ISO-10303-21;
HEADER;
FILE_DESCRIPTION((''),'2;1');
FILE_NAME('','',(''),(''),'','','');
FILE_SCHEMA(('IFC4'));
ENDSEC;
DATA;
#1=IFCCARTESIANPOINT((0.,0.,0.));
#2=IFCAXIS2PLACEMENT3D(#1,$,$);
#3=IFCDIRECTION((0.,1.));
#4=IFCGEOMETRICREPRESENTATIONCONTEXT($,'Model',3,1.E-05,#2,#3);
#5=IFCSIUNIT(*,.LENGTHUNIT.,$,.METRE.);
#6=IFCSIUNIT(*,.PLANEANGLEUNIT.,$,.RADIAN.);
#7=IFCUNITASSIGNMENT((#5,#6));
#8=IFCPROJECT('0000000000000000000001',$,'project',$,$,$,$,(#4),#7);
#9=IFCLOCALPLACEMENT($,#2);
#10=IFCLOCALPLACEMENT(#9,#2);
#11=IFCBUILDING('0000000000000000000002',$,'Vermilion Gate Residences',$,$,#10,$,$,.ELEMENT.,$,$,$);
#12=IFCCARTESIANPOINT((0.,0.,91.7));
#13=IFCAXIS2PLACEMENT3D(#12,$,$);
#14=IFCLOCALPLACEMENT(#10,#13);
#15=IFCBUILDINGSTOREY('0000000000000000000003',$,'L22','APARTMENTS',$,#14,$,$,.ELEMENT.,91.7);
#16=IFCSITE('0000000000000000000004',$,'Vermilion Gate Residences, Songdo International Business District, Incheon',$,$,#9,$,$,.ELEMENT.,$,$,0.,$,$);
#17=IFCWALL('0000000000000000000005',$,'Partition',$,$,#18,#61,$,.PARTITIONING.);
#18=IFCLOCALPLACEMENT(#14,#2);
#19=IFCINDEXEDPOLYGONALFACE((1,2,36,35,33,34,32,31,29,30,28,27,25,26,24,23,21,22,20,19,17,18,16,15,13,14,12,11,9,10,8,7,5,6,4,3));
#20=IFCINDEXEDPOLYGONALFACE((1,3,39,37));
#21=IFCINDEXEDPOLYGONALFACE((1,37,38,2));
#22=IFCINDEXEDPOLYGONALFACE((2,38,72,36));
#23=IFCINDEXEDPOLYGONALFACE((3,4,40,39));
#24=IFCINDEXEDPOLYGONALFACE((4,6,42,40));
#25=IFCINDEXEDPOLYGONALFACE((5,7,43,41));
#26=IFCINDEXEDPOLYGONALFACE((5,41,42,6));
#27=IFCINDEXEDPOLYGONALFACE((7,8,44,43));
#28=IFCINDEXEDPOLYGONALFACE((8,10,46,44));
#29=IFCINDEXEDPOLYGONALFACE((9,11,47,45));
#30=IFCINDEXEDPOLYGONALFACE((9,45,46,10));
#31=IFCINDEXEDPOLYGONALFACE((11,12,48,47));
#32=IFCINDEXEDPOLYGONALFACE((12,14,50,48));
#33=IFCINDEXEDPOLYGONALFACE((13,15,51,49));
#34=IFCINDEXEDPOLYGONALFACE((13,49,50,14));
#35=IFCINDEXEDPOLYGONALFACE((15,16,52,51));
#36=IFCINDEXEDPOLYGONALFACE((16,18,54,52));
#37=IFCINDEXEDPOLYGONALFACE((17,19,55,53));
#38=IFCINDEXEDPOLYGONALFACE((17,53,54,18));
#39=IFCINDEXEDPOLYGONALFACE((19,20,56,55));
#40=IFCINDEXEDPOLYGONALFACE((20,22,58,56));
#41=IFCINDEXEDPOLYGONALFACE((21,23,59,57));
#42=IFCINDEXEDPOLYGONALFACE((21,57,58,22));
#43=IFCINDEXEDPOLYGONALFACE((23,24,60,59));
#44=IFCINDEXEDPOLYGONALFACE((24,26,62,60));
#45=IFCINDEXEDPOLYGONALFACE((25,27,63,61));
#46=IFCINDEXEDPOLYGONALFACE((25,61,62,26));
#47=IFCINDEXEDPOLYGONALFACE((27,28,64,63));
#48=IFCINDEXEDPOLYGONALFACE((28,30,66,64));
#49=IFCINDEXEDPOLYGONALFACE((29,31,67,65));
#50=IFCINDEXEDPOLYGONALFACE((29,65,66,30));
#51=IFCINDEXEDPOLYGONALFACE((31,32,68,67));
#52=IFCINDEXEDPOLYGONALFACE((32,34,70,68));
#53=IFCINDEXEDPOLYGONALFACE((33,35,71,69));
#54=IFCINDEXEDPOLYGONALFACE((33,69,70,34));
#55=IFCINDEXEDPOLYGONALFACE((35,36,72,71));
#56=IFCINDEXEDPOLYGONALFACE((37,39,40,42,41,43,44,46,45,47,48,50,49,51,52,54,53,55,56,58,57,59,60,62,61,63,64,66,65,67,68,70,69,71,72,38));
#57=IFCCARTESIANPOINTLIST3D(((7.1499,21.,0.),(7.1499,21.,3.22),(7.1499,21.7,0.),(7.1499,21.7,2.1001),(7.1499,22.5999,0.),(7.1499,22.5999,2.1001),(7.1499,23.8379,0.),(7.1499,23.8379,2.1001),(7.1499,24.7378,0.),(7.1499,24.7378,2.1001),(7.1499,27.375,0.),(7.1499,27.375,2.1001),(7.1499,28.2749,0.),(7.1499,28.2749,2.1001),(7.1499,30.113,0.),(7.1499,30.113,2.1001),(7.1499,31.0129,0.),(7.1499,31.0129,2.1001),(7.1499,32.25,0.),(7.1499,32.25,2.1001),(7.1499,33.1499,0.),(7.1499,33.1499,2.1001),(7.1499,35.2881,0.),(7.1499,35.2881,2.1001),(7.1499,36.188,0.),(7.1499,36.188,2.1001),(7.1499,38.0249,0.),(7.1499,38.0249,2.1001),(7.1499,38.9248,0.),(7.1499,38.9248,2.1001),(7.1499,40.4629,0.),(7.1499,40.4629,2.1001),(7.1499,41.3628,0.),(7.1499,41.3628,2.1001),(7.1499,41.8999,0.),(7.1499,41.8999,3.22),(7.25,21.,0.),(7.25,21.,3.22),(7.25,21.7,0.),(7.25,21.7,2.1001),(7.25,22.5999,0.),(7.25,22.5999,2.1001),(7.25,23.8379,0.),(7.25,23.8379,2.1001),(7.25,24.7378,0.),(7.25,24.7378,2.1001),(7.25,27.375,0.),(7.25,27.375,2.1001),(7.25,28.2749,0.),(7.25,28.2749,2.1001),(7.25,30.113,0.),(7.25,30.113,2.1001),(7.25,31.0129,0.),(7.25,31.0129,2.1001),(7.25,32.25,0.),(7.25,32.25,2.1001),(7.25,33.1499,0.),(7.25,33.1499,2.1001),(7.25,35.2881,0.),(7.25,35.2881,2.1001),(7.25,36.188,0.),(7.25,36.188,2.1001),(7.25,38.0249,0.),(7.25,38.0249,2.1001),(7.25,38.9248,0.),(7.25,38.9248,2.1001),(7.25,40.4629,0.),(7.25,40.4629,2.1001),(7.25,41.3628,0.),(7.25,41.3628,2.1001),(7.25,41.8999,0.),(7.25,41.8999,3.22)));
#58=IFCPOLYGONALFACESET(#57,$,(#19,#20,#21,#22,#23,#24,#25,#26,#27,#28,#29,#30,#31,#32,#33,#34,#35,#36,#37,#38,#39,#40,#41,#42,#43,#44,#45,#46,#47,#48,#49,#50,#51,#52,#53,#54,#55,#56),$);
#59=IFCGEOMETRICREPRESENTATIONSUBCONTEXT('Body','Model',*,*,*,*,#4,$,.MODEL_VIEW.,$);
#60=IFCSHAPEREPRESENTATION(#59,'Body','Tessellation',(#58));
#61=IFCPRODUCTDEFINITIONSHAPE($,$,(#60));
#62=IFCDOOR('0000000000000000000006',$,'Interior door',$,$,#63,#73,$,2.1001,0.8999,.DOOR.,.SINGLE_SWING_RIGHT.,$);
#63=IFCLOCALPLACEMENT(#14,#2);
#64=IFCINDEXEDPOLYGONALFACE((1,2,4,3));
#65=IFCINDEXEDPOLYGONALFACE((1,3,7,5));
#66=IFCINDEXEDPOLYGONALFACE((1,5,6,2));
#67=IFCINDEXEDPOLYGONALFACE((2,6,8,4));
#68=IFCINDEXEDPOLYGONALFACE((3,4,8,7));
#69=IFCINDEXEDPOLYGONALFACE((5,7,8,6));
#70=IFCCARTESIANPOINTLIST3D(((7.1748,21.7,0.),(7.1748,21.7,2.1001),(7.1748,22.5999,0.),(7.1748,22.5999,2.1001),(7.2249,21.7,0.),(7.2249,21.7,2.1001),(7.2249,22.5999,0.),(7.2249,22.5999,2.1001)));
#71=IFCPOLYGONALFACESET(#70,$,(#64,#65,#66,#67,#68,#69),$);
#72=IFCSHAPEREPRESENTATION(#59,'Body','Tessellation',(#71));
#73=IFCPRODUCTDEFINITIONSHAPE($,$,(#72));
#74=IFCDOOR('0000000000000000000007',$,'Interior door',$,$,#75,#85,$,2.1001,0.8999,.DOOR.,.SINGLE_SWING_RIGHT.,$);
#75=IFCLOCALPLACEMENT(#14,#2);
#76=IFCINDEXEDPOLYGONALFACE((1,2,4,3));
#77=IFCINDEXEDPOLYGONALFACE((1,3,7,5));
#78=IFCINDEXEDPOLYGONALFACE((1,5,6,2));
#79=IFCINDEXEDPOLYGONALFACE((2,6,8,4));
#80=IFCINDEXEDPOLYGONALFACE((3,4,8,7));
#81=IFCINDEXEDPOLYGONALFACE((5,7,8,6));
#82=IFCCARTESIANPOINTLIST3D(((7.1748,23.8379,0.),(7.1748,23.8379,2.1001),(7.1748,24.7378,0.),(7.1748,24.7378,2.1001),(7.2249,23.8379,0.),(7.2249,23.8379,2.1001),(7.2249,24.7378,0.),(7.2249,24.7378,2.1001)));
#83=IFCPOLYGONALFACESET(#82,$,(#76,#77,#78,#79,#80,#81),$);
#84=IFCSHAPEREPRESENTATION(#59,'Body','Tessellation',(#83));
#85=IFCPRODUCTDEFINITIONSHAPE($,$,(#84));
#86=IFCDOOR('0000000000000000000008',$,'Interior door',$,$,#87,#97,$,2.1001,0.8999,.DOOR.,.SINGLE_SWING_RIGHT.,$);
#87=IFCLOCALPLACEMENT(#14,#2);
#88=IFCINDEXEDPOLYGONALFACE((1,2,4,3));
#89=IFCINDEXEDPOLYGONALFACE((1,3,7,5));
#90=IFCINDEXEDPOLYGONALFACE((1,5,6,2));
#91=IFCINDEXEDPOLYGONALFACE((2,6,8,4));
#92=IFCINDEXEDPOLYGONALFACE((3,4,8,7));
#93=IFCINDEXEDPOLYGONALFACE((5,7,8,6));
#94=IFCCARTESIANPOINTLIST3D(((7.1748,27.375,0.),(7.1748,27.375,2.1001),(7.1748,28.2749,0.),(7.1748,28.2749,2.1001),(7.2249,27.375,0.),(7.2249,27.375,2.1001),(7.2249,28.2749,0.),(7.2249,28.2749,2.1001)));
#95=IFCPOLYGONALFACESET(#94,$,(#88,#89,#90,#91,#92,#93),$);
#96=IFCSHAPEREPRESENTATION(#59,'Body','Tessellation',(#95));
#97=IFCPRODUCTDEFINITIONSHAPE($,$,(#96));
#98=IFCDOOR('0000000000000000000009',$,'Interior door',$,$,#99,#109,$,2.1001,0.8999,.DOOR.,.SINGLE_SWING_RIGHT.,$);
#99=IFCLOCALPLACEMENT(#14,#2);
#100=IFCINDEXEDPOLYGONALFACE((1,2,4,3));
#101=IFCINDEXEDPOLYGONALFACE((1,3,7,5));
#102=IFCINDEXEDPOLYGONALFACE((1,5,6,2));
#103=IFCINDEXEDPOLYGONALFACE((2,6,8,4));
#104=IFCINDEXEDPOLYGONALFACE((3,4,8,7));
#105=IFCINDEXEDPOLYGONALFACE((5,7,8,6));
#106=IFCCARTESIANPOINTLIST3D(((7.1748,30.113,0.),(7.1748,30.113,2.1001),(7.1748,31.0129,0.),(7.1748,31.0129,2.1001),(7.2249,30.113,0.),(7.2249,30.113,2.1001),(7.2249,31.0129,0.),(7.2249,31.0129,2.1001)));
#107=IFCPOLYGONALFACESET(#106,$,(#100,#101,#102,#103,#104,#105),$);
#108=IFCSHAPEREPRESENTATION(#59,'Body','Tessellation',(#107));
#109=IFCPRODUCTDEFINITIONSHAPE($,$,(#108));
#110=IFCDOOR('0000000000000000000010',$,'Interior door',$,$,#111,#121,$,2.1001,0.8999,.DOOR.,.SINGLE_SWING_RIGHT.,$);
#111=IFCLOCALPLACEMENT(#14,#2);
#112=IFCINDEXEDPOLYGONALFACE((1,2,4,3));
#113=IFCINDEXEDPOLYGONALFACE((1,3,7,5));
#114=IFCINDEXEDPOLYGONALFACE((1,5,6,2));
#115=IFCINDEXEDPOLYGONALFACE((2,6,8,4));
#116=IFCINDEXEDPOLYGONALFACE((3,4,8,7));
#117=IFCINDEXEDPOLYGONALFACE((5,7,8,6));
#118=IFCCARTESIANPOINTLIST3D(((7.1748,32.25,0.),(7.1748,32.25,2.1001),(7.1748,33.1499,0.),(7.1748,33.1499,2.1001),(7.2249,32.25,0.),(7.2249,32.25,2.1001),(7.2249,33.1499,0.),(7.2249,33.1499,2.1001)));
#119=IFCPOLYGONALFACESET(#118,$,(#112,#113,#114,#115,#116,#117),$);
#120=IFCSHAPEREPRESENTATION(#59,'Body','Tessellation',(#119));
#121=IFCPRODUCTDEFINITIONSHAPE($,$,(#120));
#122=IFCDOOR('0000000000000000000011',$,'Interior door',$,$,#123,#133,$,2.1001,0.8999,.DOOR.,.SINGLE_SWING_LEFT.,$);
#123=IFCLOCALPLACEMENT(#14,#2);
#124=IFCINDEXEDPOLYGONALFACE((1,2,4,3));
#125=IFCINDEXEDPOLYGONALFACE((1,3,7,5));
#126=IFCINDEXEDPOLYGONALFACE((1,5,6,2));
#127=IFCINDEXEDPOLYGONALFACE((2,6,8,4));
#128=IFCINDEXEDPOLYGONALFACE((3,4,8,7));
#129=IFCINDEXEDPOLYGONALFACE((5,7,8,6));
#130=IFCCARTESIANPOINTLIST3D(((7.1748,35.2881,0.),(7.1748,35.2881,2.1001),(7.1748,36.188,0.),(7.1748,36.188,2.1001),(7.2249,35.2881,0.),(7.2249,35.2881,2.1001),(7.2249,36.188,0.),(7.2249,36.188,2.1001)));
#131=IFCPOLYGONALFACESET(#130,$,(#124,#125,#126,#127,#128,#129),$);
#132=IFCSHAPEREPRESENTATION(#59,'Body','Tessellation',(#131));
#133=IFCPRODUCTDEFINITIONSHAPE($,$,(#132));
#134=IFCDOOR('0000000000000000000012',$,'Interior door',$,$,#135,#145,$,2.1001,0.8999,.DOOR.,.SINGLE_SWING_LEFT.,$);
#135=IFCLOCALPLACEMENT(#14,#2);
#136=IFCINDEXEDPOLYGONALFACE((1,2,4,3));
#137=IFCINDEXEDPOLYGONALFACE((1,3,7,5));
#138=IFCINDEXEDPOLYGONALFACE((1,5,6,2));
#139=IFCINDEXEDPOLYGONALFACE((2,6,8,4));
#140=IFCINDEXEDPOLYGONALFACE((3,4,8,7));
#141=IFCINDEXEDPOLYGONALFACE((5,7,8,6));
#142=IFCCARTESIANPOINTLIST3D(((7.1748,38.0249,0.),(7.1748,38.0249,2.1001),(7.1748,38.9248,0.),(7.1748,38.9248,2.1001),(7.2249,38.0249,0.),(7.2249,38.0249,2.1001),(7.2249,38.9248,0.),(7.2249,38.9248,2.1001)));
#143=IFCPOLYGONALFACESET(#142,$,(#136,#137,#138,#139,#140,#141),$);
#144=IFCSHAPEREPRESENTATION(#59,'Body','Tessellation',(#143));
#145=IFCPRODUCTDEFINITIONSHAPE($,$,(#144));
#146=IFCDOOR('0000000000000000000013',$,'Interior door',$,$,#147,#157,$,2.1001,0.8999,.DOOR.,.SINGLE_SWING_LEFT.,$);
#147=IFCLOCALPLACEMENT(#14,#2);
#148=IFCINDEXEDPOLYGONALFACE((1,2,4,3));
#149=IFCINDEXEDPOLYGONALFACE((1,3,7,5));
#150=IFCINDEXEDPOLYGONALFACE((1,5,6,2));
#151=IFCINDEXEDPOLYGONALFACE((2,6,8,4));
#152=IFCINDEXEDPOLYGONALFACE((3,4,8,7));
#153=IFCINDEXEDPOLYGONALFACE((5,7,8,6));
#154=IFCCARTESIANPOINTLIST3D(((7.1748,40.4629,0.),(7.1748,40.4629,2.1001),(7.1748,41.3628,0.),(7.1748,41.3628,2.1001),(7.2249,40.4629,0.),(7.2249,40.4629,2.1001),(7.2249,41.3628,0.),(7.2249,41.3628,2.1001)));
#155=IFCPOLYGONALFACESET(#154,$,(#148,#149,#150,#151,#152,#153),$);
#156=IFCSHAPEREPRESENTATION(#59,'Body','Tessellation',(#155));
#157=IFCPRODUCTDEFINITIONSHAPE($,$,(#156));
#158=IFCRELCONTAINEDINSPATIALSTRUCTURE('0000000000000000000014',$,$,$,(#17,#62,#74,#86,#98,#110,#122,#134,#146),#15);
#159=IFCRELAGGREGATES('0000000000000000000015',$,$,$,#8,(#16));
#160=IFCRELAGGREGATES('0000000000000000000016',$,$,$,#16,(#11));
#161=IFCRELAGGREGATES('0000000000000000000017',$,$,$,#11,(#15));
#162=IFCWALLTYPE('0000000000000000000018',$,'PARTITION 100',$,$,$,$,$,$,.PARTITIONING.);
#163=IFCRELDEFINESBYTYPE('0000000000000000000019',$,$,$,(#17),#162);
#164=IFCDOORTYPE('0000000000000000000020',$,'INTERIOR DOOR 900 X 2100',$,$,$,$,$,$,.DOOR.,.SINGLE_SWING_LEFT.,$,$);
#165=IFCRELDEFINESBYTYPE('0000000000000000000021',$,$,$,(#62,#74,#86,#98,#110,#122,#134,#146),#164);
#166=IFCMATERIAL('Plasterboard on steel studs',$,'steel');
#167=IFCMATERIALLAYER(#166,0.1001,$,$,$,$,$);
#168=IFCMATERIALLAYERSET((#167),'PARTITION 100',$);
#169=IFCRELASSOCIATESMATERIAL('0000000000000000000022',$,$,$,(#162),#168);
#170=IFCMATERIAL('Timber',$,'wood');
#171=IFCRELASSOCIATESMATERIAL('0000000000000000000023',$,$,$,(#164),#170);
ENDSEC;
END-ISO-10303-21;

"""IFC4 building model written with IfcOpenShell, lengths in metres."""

from ifc_helpers import new_model, si_unit, direction, frame, frame_2d, origin, place, context, subcontext, project, spatial, rectangle, extrude, material, layer, layer_set, type_object, element, fill, save


model = new_model("IFC4")

# Units and contexts
model_context = context("Model", 3, precision=1e-05, world=origin(), true_north=direction((0.0, 1.0)))
body_context = subcontext(model_context, "Body", "Model", "MODEL_VIEW")
ifc_project = project(units=[si_unit("LENGTHUNIT", "METRE"), si_unit("PLANEANGLEUNIT", "RADIAN")], contexts=[model_context])

# Site, building, storey
site_placement = place(None, origin())
site = spatial("IfcSite", under=ifc_project, at=site_placement, Name="Vermilion Gate Residences, Songdo International Business District, Incheon", CompositionType="ELEMENT", RefElevation=0.0)
building_placement = place(site_placement, origin())
building = spatial("IfcBuilding", under=site, at=building_placement, Name="Vermilion Gate Residences", CompositionType="ELEMENT")
storey_placement = place(building_placement, frame((0.0, 0.0, 91.7)))
storey = spatial("IfcBuildingStorey", under=building, at=storey_placement, Name="L22", Description="APARTMENTS", CompositionType="ELEMENT", Elevation=91.7)

# Shared definitions
ifc_material_1 = material(Name="Plasterboard on steel studs", Category="steel")
ifc_layer = layer(ifc_material_1, 0.1001)
ifc_layer_set = layer_set([ifc_layer], Name="PARTITION 100")
wall_type = type_object("IfcWallType", Name="PARTITION 100", PredefinedType="PARTITIONING", material=ifc_layer_set)

# Wall, openings, doors
ifc_material_2 = material(Name="Timber", Category="wood")
door_type = type_object("IfcDoorType", Name="INTERIOR DOOR 900 X 2100", OperationType="SINGLE_SWING_LEFT", PredefinedType="DOOR", material=ifc_material_2)
wall_1_placement = place(storey_placement, frame((7.2, 21.0, 0.0), z_axis=(0.0, 0.0, 1.0), x_axis=(0.0, 1.0, 0.0)))
wall_1 = element("IfcWall", 1, at=wall_1_placement, inside=storey, type_object=wall_type, Name="Partition", PredefinedType="PARTITIONING", context=body_context, shape_type="SweptSolid", body=[
    extrude(rectangle(XDim=20.8999, YDim=0.1001, at=frame_2d((10.45, 0.0))), origin(), (0.0, 0.0, 1.0), 3.22),
])
opening_1_placement = place(wall_1_placement, frame((0.7, 0.0, 0.0)))
opening_1 = element("IfcOpeningElement", 2, at=opening_1_placement, cuts=wall_1, PredefinedType="OPENING", context=body_context, shape_type="SweptSolid", body=[
    extrude(rectangle(XDim=0.8999, YDim=2.1001, at=frame_2d((0.45, 1.05))), frame((0.0, 0.0601, 0.0), z_axis=(0.0, -1.0, 0.0), x_axis=(1.0, 0.0, 0.0)), (0.0, 0.0, 1.0), 0.1201),
])
opening_2_placement = place(wall_1_placement, frame((2.8379, 0.0, 0.0)))
opening_2 = element("IfcOpeningElement", 3, at=opening_2_placement, cuts=wall_1, PredefinedType="OPENING", context=body_context, shape_type="SweptSolid", body=[
    extrude(rectangle(XDim=0.8999, YDim=2.1001, at=frame_2d((0.45, 1.05))), frame((0.0, 0.0601, 0.0), z_axis=(0.0, -1.0, 0.0), x_axis=(1.0, 0.0, 0.0)), (0.0, 0.0, 1.0), 0.1201),
])
opening_3_placement = place(wall_1_placement, frame((6.375, 0.0, 0.0)))
opening_3 = element("IfcOpeningElement", 4, at=opening_3_placement, cuts=wall_1, PredefinedType="OPENING", context=body_context, shape_type="SweptSolid", body=[
    extrude(rectangle(XDim=0.8999, YDim=2.1001, at=frame_2d((0.45, 1.05))), frame((0.0, 0.0601, 0.0), z_axis=(0.0, -1.0, 0.0), x_axis=(1.0, 0.0, 0.0)), (0.0, 0.0, 1.0), 0.1201),
])
opening_4_placement = place(wall_1_placement, frame((9.113, 0.0, 0.0)))
opening_4 = element("IfcOpeningElement", 5, at=opening_4_placement, cuts=wall_1, PredefinedType="OPENING", context=body_context, shape_type="SweptSolid", body=[
    extrude(rectangle(XDim=0.8999, YDim=2.1001, at=frame_2d((0.45, 1.05))), frame((0.0, 0.0601, 0.0), z_axis=(0.0, -1.0, 0.0), x_axis=(1.0, 0.0, 0.0)), (0.0, 0.0, 1.0), 0.1201),
])
opening_5_placement = place(wall_1_placement, frame((11.25, 0.0, 0.0)))
opening_5 = element("IfcOpeningElement", 6, at=opening_5_placement, cuts=wall_1, PredefinedType="OPENING", context=body_context, shape_type="SweptSolid", body=[
    extrude(rectangle(XDim=0.8999, YDim=2.1001, at=frame_2d((0.45, 1.05))), frame((0.0, 0.0601, 0.0), z_axis=(0.0, -1.0, 0.0), x_axis=(1.0, 0.0, 0.0)), (0.0, 0.0, 1.0), 0.1201),
])
opening_6_placement = place(wall_1_placement, frame((14.2881, 0.0, 0.0)))
opening_6 = element("IfcOpeningElement", 7, at=opening_6_placement, cuts=wall_1, PredefinedType="OPENING", context=body_context, shape_type="SweptSolid", body=[
    extrude(rectangle(XDim=0.8999, YDim=2.1001, at=frame_2d((0.45, 1.05))), frame((0.0, 0.0601, 0.0), z_axis=(0.0, -1.0, 0.0), x_axis=(1.0, 0.0, 0.0)), (0.0, 0.0, 1.0), 0.1201),
])
opening_7_placement = place(wall_1_placement, frame((17.0249, 0.0, 0.0)))
opening_7 = element("IfcOpeningElement", 8, at=opening_7_placement, cuts=wall_1, PredefinedType="OPENING", context=body_context, shape_type="SweptSolid", body=[
    extrude(rectangle(XDim=0.8999, YDim=2.1001, at=frame_2d((0.45, 1.05))), frame((0.0, 0.0601, 0.0), z_axis=(0.0, -1.0, 0.0), x_axis=(1.0, 0.0, 0.0)), (0.0, 0.0, 1.0), 0.1201),
])
opening_8_placement = place(wall_1_placement, frame((19.4629, 0.0, 0.0)))
opening_8 = element("IfcOpeningElement", 9, at=opening_8_placement, cuts=wall_1, PredefinedType="OPENING", context=body_context, shape_type="SweptSolid", body=[
    extrude(rectangle(XDim=0.8999, YDim=2.1001, at=frame_2d((0.45, 1.05))), frame((0.0, 0.0601, 0.0), z_axis=(0.0, -1.0, 0.0), x_axis=(1.0, 0.0, 0.0)), (0.0, 0.0, 1.0), 0.1201),
])
door_1_placement = place(opening_1_placement, frame((0.8999, 0.0, 0.0), z_axis=(0.0, 0.0, 1.0), x_axis=(-1.0, 0.0, 0.0)))
door_1 = element("IfcDoor", 10, at=door_1_placement, inside=storey, type_object=door_type, Name="Interior door", OperationType="SINGLE_SWING_RIGHT", OverallHeight=2.1001, OverallWidth=0.8999, PredefinedType="DOOR", context=body_context, shape_type="SweptSolid", body=[
    extrude(rectangle(XDim=0.8999, YDim=2.1001, at=frame_2d((0.45, 1.05))), frame((0.0, 0.0249, 0.0), z_axis=(0.0, -1.0, 0.0), x_axis=(1.0, 0.0, 0.0)), (0.0, 0.0, 1.0), 0.05),
])
fill(opening_1, door_1)
door_2_placement = place(opening_2_placement, frame((0.8999, 0.0, 0.0), z_axis=(0.0, 0.0, 1.0), x_axis=(-1.0, 0.0, 0.0)))
door_2 = element("IfcDoor", 11, at=door_2_placement, inside=storey, type_object=door_type, Name="Interior door", OperationType="SINGLE_SWING_RIGHT", OverallHeight=2.1001, OverallWidth=0.8999, PredefinedType="DOOR", context=body_context, shape_type="SweptSolid", body=[
    extrude(rectangle(XDim=0.8999, YDim=2.1001, at=frame_2d((0.45, 1.05))), frame((0.0, 0.0249, 0.0), z_axis=(0.0, -1.0, 0.0), x_axis=(1.0, 0.0, 0.0)), (0.0, 0.0, 1.0), 0.05),
])
fill(opening_2, door_2)
door_3_placement = place(opening_3_placement, frame((0.8999, 0.0, 0.0), z_axis=(0.0, 0.0, 1.0), x_axis=(-1.0, 0.0, 0.0)))
door_3 = element("IfcDoor", 12, at=door_3_placement, inside=storey, type_object=door_type, Name="Interior door", OperationType="SINGLE_SWING_RIGHT", OverallHeight=2.1001, OverallWidth=0.8999, PredefinedType="DOOR", context=body_context, shape_type="SweptSolid", body=[
    extrude(rectangle(XDim=0.8999, YDim=2.1001, at=frame_2d((0.45, 1.05))), frame((0.0, 0.0249, 0.0), z_axis=(0.0, -1.0, 0.0), x_axis=(1.0, 0.0, 0.0)), (0.0, 0.0, 1.0), 0.05),
])
fill(opening_3, door_3)
door_4_placement = place(opening_4_placement, frame((0.8999, 0.0, 0.0), z_axis=(0.0, 0.0, 1.0), x_axis=(-1.0, 0.0, 0.0)))
door_4 = element("IfcDoor", 13, at=door_4_placement, inside=storey, type_object=door_type, Name="Interior door", OperationType="SINGLE_SWING_RIGHT", OverallHeight=2.1001, OverallWidth=0.8999, PredefinedType="DOOR", context=body_context, shape_type="SweptSolid", body=[
    extrude(rectangle(XDim=0.8999, YDim=2.1001, at=frame_2d((0.45, 1.05))), frame((0.0, 0.0249, 0.0), z_axis=(0.0, -1.0, 0.0), x_axis=(1.0, 0.0, 0.0)), (0.0, 0.0, 1.0), 0.05),
])
fill(opening_4, door_4)
door_5_placement = place(opening_5_placement, frame((0.8999, 0.0, 0.0), z_axis=(0.0, 0.0, 1.0), x_axis=(-1.0, 0.0, 0.0)))
door_5 = element("IfcDoor", 14, at=door_5_placement, inside=storey, type_object=door_type, Name="Interior door", OperationType="SINGLE_SWING_RIGHT", OverallHeight=2.1001, OverallWidth=0.8999, PredefinedType="DOOR", context=body_context, shape_type="SweptSolid", body=[
    extrude(rectangle(XDim=0.8999, YDim=2.1001, at=frame_2d((0.45, 1.05))), frame((0.0, 0.0249, 0.0), z_axis=(0.0, -1.0, 0.0), x_axis=(1.0, 0.0, 0.0)), (0.0, 0.0, 1.0), 0.05),
])
fill(opening_5, door_5)
door_6_placement = place(opening_6_placement, frame((0.8999, 0.0, 0.0), z_axis=(0.0, 0.0, 1.0), x_axis=(-1.0, 0.0, 0.0)))
door_6 = element("IfcDoor", 15, at=door_6_placement, inside=storey, type_object=door_type, Name="Interior door", OperationType="SINGLE_SWING_LEFT", OverallHeight=2.1001, OverallWidth=0.8999, PredefinedType="DOOR", context=body_context, shape_type="SweptSolid", body=[
    extrude(rectangle(XDim=0.8999, YDim=2.1001, at=frame_2d((0.45, 1.05))), frame((0.0, 0.0249, 0.0), z_axis=(0.0, -1.0, 0.0), x_axis=(1.0, 0.0, 0.0)), (0.0, 0.0, 1.0), 0.05),
])
fill(opening_6, door_6)
door_7_placement = place(opening_7_placement, frame((0.8999, 0.0, 0.0), z_axis=(0.0, 0.0, 1.0), x_axis=(-1.0, 0.0, 0.0)))
door_7 = element("IfcDoor", 16, at=door_7_placement, inside=storey, type_object=door_type, Name="Interior door", OperationType="SINGLE_SWING_LEFT", OverallHeight=2.1001, OverallWidth=0.8999, PredefinedType="DOOR", context=body_context, shape_type="SweptSolid", body=[
    extrude(rectangle(XDim=0.8999, YDim=2.1001, at=frame_2d((0.45, 1.05))), frame((0.0, 0.0249, 0.0), z_axis=(0.0, -1.0, 0.0), x_axis=(1.0, 0.0, 0.0)), (0.0, 0.0, 1.0), 0.05),
])
fill(opening_7, door_7)
door_8_placement = place(opening_8_placement, frame((0.8999, 0.0, 0.0), z_axis=(0.0, 0.0, 1.0), x_axis=(-1.0, 0.0, 0.0)))
door_8 = element("IfcDoor", 17, at=door_8_placement, inside=storey, type_object=door_type, Name="Interior door", OperationType="SINGLE_SWING_LEFT", OverallHeight=2.1001, OverallWidth=0.8999, PredefinedType="DOOR", context=body_context, shape_type="SweptSolid", body=[
    extrude(rectangle(XDim=0.8999, YDim=2.1001, at=frame_2d((0.45, 1.05))), frame((0.0, 0.0249, 0.0), z_axis=(0.0, -1.0, 0.0), x_axis=(1.0, 0.0, 0.0)), (0.0, 0.0, 1.0), 0.05),
])
fill(opening_8, door_8)

save(model, "model.ifc")
